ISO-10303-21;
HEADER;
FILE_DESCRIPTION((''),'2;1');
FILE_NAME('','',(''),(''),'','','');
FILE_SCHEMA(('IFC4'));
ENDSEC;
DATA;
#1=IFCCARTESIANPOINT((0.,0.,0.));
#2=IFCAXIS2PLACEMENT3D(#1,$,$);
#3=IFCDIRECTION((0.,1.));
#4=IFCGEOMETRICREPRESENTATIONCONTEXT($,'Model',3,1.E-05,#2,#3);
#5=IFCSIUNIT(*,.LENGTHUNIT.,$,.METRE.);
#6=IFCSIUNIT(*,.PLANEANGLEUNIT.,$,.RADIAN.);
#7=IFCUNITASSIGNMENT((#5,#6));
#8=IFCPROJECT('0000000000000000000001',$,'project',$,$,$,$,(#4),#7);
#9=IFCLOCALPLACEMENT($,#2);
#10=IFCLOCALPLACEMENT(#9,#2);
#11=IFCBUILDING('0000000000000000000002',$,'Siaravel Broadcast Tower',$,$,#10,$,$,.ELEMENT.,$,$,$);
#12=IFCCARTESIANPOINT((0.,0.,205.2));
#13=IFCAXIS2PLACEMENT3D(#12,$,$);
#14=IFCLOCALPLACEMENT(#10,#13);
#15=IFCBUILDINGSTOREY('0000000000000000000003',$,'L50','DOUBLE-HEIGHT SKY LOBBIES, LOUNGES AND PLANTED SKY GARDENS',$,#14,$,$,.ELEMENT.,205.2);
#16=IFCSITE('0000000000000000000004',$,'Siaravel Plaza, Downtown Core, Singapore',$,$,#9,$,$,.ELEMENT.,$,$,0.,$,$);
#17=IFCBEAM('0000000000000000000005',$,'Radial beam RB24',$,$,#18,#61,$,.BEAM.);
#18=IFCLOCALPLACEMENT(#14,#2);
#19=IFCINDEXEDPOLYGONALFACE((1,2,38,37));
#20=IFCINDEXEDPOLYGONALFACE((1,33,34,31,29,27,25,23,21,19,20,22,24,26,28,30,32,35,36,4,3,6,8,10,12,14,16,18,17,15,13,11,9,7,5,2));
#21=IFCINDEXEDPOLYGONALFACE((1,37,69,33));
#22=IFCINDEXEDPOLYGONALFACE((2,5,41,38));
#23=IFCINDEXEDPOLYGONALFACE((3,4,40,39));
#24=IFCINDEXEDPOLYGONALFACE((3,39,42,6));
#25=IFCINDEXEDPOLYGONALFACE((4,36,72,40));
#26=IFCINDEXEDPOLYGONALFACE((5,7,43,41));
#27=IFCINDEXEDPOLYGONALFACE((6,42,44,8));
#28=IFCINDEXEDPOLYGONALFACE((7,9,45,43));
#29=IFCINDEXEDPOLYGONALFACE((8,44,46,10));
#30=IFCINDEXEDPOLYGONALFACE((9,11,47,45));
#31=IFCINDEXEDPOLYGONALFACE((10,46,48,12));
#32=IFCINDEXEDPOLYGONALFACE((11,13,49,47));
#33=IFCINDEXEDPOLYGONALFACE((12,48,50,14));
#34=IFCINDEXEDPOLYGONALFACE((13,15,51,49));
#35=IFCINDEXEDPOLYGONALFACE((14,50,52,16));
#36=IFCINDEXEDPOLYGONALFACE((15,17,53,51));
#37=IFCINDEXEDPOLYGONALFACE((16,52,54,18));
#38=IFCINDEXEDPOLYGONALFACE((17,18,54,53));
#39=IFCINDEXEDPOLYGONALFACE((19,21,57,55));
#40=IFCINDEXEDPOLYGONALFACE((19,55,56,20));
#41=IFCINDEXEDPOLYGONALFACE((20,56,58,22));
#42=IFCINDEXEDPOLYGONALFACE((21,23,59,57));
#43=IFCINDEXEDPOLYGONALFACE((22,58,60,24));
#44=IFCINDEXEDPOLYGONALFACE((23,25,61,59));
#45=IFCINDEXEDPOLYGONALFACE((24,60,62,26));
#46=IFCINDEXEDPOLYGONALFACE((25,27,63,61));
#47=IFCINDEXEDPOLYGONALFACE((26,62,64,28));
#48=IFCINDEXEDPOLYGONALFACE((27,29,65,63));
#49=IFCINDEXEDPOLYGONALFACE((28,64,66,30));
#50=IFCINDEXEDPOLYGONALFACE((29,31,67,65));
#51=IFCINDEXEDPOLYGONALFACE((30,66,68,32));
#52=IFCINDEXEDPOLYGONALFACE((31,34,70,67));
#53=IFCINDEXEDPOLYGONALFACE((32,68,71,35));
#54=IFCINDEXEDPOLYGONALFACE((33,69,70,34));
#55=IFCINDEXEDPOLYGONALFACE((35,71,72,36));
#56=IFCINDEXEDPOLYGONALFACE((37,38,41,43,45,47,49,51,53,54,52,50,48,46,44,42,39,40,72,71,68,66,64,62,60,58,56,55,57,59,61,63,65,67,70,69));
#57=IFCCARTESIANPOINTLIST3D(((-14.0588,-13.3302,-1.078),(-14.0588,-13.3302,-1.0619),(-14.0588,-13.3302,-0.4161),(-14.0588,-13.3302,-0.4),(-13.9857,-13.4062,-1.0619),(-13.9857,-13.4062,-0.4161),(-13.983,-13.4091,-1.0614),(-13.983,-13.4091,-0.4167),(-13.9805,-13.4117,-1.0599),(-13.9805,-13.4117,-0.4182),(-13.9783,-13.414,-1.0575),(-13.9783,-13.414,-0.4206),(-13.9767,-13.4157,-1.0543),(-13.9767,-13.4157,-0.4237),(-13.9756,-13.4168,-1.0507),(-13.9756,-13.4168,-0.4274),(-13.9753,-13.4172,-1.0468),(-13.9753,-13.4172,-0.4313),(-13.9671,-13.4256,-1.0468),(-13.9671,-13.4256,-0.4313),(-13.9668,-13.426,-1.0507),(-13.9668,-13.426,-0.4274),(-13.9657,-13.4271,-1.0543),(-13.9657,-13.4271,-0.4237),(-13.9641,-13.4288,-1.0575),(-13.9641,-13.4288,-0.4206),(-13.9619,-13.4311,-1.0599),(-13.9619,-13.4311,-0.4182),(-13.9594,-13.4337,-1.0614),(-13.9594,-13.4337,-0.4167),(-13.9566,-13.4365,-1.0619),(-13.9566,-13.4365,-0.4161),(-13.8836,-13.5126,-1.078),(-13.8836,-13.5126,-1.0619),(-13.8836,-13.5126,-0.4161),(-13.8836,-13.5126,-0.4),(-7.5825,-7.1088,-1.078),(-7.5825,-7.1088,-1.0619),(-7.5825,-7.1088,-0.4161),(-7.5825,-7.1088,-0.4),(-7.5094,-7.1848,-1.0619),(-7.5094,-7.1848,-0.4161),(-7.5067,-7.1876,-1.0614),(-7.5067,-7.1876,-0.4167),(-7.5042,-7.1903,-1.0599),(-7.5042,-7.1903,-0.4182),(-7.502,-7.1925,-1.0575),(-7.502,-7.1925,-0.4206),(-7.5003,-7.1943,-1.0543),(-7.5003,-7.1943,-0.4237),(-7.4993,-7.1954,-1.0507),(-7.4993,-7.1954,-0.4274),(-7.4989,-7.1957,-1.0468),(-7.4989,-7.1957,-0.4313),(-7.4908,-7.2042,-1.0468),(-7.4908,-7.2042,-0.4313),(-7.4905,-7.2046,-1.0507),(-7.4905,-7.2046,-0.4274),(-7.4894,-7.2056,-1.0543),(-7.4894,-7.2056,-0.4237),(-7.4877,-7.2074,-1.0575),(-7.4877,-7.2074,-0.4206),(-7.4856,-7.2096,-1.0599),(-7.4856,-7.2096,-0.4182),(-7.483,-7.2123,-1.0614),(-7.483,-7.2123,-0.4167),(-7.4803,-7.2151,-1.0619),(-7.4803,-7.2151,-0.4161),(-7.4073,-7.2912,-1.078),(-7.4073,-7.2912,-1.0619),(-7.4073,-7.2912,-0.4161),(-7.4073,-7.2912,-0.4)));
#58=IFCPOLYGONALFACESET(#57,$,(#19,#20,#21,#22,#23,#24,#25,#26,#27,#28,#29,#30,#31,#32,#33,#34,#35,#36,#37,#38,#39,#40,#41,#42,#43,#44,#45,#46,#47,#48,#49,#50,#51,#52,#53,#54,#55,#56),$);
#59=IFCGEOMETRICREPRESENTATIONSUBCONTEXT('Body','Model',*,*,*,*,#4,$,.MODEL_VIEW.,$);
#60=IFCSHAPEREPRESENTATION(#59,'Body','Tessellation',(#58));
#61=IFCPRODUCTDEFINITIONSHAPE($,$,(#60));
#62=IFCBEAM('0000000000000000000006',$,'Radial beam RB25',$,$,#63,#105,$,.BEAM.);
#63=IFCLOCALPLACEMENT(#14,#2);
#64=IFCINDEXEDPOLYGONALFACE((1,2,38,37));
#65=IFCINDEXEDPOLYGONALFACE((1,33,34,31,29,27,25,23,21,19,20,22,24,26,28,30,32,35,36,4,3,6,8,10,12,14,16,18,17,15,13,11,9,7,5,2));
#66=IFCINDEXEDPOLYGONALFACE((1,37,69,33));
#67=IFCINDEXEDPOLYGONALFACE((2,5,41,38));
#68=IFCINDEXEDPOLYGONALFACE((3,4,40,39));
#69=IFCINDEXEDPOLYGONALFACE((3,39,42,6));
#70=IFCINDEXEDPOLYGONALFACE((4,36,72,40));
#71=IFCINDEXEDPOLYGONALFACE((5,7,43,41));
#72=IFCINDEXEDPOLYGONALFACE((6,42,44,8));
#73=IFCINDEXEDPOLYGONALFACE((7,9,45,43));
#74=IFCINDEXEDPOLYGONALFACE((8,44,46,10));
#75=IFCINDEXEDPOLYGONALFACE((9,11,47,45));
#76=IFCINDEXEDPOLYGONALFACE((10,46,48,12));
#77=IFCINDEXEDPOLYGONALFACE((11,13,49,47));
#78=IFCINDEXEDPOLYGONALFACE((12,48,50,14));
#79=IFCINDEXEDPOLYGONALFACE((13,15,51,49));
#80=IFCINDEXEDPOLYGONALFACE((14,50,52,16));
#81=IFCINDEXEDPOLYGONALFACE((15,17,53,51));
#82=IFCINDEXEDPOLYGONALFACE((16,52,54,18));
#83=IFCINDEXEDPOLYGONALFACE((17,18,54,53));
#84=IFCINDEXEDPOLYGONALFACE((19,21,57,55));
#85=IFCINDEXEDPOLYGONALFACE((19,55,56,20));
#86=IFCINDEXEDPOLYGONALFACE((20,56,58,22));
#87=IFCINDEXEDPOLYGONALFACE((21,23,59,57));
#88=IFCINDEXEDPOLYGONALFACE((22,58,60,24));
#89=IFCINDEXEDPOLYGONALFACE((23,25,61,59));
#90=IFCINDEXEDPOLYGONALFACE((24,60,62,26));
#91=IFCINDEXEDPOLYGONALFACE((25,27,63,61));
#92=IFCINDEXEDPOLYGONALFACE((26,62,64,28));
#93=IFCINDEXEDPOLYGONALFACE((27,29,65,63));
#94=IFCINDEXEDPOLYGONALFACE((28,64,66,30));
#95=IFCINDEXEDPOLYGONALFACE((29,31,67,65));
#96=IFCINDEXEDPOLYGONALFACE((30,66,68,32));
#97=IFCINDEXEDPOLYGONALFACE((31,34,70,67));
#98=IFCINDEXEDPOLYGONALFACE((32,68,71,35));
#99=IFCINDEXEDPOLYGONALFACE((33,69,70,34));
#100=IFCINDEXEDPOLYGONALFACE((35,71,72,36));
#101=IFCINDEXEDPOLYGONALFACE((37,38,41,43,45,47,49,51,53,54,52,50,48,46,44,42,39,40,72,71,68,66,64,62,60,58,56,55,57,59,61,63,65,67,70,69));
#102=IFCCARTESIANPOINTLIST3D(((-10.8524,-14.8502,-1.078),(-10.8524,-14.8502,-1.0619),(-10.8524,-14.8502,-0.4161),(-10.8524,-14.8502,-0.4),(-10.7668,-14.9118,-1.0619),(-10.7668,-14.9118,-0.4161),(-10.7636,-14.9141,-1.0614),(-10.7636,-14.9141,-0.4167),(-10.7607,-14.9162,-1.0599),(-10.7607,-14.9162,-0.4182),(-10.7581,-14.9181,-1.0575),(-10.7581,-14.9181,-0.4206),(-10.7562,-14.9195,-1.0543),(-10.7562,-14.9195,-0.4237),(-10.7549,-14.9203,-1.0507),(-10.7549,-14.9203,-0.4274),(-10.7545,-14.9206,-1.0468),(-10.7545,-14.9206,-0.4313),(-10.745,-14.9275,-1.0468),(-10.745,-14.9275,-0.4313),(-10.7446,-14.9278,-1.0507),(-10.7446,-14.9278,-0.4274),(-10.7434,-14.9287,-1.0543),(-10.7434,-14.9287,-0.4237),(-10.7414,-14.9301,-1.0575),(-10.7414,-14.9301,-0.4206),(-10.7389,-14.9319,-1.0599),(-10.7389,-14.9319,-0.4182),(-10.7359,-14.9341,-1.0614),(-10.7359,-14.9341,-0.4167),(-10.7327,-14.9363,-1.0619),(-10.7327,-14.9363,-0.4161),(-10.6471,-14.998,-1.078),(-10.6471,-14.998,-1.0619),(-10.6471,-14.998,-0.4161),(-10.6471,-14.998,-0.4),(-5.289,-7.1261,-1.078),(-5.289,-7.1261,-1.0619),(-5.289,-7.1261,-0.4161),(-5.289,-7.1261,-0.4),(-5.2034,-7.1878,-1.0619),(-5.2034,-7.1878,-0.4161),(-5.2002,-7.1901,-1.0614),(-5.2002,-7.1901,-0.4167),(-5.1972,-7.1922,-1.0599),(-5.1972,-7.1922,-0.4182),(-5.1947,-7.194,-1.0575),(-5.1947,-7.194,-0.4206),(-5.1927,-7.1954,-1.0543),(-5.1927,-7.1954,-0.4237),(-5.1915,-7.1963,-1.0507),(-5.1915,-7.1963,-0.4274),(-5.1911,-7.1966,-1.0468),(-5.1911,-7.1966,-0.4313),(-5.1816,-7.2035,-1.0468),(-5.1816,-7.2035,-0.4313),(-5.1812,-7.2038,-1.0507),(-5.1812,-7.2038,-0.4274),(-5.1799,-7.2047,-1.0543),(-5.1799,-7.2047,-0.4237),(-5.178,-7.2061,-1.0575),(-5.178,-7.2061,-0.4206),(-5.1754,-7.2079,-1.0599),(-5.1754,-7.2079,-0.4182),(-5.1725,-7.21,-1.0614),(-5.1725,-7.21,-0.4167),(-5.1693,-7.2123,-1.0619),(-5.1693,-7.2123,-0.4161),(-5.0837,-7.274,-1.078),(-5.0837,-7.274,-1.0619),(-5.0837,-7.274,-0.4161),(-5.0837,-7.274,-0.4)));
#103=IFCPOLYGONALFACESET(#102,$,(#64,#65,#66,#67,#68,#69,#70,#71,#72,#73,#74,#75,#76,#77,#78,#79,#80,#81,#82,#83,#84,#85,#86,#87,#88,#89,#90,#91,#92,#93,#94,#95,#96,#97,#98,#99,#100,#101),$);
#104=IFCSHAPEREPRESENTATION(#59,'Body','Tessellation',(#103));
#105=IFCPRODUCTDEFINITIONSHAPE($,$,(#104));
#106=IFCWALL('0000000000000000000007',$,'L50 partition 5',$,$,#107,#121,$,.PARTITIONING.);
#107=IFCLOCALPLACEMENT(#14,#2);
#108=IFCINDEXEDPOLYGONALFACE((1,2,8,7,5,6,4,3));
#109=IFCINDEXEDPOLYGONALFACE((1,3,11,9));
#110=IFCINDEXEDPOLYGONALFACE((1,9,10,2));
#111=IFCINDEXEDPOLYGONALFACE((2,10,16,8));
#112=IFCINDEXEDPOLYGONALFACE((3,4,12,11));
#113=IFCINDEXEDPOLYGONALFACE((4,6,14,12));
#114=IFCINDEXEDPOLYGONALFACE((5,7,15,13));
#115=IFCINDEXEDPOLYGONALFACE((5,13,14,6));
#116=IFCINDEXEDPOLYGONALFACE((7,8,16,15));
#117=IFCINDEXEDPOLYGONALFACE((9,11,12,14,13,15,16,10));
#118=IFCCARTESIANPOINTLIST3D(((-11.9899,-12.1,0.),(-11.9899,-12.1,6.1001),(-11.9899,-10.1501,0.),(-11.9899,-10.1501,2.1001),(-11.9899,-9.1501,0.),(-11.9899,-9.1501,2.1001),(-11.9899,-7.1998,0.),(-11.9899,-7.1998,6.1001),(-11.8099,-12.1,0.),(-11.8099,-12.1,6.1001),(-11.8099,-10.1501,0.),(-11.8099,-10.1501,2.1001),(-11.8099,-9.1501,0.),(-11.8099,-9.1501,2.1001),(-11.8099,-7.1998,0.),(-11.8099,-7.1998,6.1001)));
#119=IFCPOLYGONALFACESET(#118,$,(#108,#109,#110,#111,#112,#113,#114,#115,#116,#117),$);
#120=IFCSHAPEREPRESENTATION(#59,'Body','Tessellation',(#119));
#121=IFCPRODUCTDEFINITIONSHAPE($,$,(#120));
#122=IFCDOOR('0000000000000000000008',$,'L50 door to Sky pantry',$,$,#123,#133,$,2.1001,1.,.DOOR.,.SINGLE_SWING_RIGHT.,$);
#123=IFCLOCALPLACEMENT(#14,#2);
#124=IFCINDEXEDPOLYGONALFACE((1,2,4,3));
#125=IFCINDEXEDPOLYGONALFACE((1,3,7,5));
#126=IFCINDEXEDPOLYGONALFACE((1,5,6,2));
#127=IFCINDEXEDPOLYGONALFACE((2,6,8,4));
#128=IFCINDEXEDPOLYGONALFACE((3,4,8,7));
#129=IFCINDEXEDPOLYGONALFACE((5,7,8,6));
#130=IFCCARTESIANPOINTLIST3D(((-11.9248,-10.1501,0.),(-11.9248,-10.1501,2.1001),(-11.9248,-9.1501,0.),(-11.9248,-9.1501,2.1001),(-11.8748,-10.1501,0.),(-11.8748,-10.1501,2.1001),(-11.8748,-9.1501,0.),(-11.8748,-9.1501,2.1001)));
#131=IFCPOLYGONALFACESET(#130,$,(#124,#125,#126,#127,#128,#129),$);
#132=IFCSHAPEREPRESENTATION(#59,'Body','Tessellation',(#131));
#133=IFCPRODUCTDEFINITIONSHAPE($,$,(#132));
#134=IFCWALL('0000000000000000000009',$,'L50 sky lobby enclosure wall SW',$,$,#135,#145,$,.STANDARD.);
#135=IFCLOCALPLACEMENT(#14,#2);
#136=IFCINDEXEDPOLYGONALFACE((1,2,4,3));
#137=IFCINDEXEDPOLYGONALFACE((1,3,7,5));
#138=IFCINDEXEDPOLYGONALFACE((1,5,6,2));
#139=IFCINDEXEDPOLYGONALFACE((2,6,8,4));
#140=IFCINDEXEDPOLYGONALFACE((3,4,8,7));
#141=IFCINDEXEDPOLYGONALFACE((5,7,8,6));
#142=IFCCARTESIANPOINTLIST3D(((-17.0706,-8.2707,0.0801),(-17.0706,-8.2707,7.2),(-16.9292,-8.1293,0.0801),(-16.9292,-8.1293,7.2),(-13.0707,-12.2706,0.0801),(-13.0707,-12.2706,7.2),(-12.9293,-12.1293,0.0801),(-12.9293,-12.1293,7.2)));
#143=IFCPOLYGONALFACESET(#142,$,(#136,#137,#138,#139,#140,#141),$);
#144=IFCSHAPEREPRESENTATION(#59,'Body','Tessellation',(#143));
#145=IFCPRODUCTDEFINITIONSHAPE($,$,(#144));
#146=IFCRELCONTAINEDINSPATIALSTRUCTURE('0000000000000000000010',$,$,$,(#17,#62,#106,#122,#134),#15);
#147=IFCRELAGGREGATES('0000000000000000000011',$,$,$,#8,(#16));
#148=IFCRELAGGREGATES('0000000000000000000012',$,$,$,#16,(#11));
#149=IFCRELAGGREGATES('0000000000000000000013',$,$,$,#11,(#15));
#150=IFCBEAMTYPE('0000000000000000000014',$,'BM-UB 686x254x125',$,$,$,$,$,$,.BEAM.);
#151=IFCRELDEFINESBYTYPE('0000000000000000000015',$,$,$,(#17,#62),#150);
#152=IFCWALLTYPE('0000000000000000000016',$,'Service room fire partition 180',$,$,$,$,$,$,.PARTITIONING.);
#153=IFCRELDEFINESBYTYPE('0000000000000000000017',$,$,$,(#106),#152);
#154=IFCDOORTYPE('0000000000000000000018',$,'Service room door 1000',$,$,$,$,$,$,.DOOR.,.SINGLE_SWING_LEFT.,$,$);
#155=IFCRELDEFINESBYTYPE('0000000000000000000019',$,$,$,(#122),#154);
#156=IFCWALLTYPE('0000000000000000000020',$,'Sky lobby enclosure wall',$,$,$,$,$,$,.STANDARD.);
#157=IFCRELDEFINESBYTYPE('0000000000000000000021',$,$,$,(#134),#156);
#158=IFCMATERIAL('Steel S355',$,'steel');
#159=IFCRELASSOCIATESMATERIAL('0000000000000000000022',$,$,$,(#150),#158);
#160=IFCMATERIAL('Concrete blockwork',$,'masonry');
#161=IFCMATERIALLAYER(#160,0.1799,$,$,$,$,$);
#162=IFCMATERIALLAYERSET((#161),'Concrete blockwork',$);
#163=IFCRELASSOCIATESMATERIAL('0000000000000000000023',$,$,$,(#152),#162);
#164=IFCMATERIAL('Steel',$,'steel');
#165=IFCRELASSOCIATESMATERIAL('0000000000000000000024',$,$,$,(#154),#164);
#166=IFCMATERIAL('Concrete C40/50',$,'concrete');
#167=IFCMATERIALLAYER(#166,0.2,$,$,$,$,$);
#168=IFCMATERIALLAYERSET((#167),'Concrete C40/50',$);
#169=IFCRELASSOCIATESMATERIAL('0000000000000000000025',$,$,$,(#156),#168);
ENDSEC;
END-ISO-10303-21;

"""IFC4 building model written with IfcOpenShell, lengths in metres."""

from ifc_helpers import new_model, si_unit, direction, frame, frame_2d, origin, origin_2d, place, context, subcontext, project, spatial, rectangle, i_section, extrude, material, layer, layer_set, material_profile, profile_set, type_object, element, fill, save


model = new_model("IFC4")

# Units and contexts
model_context = context("Model", 3, precision=1e-05, world=origin(), true_north=direction((0.0, 1.0)))
body_context = subcontext(model_context, "Body", "Model", "MODEL_VIEW")
ifc_project = project(units=[si_unit("LENGTHUNIT", "METRE"), si_unit("PLANEANGLEUNIT", "RADIAN")], contexts=[model_context])

# Site, building, storey
site_placement = place(None, origin())
site = spatial("IfcSite", under=ifc_project, at=site_placement, Name="Siaravel Plaza, Downtown Core, Singapore", CompositionType="ELEMENT", RefElevation=0.0)
building_placement = place(site_placement, origin())
building = spatial("IfcBuilding", under=site, at=building_placement, Name="Siaravel Broadcast Tower", CompositionType="ELEMENT")
storey_placement = place(building_placement, frame((0.0, 0.0, 205.2)))
storey = spatial("IfcBuildingStorey", under=building, at=storey_placement, Name="L50", Description="DOUBLE-HEIGHT SKY LOBBIES, LOUNGES AND PLANTED SKY GARDENS", CompositionType="ELEMENT", Elevation=205.2)

# Beams
ifc_material_1 = material(Name="Steel S355", Category="steel")
ifc_material_profile_1 = material_profile(ifc_material_1, i_section(OverallWidth=0.2529, OverallDepth=0.678, WebThickness=0.0117, FlangeThickness=0.0161, FilletRadius=0.0151, at=origin_2d()))
ifc_profile_set_1 = profile_set([ifc_material_profile_1], Name="Steel S355")
beam_type = type_object("IfcBeamType", Name="BM-UB 686x254x125", PredefinedType="BEAM", material=ifc_profile_set_1)
beam_1_placement = place(storey_placement, frame((-13.9712, -13.4214, -0.739), z_axis=(0.721155, 0.692773, 0.0), x_axis=(-0.692773, 0.721155, 0.0)))
element("IfcBeam", 1, at=beam_1_placement, inside=storey, type_object=beam_type, Name="Radial beam RB24", PredefinedType="BEAM", context=body_context, shape_type="SweptSolid", body=[
    extrude(i_section(OverallWidth=0.2529, OverallDepth=0.678, WebThickness=0.0117, FlangeThickness=0.0161, FilletRadius=0.0151, at=origin_2d()), origin(), (0.0, 0.0, 1.0), 8.9805),
])
beam_2_placement = place(storey_placement, frame((-10.7498, -14.9241, -0.739), z_axis=(0.584451, 0.811429, 0.0), x_axis=(-0.811429, 0.584451, 0.0)))
element("IfcBeam", 2, at=beam_2_placement, inside=storey, type_object=beam_type, Name="Radial beam RB25", PredefinedType="BEAM", context=body_context, shape_type="SweptSolid", body=[
    extrude(i_section(OverallWidth=0.2529, OverallDepth=0.678, WebThickness=0.0117, FlangeThickness=0.0161, FilletRadius=0.0151, at=origin_2d()), origin(), (0.0, 0.0, 1.0), 9.519),
])

# Wall, opening, door
ifc_material_2 = material(Name="Concrete blockwork", Category="masonry")
ifc_layer_1 = layer(ifc_material_2, 0.1799)
ifc_layer_set_1 = layer_set([ifc_layer_1], Name="Concrete blockwork")
wall_type_1 = type_object("IfcWallType", Name="Service room fire partition 180", PredefinedType="PARTITIONING", material=ifc_layer_set_1)
wall_1_placement = place(storey_placement, frame((-11.8999, -12.1001, 0.0), z_axis=(0.0, 0.0, 1.0), x_axis=(0.0, 1.0, 0.0)))
wall_1 = element("IfcWall", 3, at=wall_1_placement, inside=storey, type_object=wall_type_1, Name="L50 partition 5", PredefinedType="PARTITIONING", context=body_context, shape_type="SweptSolid", body=[
    extrude(rectangle(XDim=4.9001, YDim=0.1799, at=frame_2d((2.4502, 0.0))), origin(), (0.0, 0.0, 1.0), 6.1001),
])
opening_placement = place(wall_1_placement, frame((1.95, 0.0, 0.0)))
opening = element("IfcOpeningElement", 4, at=opening_placement, cuts=wall_1, PredefinedType="OPENING", context=body_context, shape_type="SweptSolid", body=[
    extrude(rectangle(XDim=1.0, YDim=2.1001, at=frame_2d((0.5, 1.05))), frame((0.0, 0.0999, 0.0), z_axis=(0.0, -1.0, 0.0), x_axis=(1.0, 0.0, 0.0)), (0.0, 0.0, 1.0), 0.2),
])
ifc_material_3 = material(Name="Steel", Category="steel")
door_type = type_object("IfcDoorType", Name="Service room door 1000", OperationType="SINGLE_SWING_LEFT", PredefinedType="DOOR", material=ifc_material_3)
door_placement = place(opening_placement, origin())
door = element("IfcDoor", 5, at=door_placement, inside=storey, type_object=door_type, Name="L50 door to Sky pantry", OperationType="SINGLE_SWING_RIGHT", OverallHeight=2.1001, OverallWidth=1.0, PredefinedType="DOOR", context=body_context, shape_type="SweptSolid", body=[
    extrude(rectangle(XDim=1.0, YDim=2.1001, at=frame_2d((0.5, 1.05))), frame((0.0, 0.0249, 0.0), z_axis=(0.0, -1.0, 0.0), x_axis=(1.0, 0.0, 0.0)), (0.0, 0.0, 1.0), 0.05),
])
fill(opening, door)

# Wall
ifc_material_4 = material(Name="Concrete C40/50", Category="concrete")
ifc_layer_2 = layer(ifc_material_4, 0.2)
ifc_layer_set_2 = layer_set([ifc_layer_2], Name="Concrete C40/50")
wall_type_2 = type_object("IfcWallType", Name="Sky lobby enclosure wall", PredefinedType="STANDARD", material=ifc_layer_set_2)
wall_2_placement = place(storey_placement, frame((-13.0, -12.2, 0.0801), z_axis=(0.0, 0.0, 1.0), x_axis=(-0.707107, 0.707107, 0.0)))
element("IfcWall", 6, at=wall_2_placement, inside=storey, type_object=wall_type_2, Name="L50 sky lobby enclosure wall SW", PredefinedType="STANDARD", context=body_context, shape_type="SweptSolid", body=[
    extrude(rectangle(XDim=5.6567, YDim=0.2, at=frame_2d((2.8284, 0.0))), origin(), (0.0, 0.0, 1.0), 7.1199),
])

save(model, "model.ifc")
